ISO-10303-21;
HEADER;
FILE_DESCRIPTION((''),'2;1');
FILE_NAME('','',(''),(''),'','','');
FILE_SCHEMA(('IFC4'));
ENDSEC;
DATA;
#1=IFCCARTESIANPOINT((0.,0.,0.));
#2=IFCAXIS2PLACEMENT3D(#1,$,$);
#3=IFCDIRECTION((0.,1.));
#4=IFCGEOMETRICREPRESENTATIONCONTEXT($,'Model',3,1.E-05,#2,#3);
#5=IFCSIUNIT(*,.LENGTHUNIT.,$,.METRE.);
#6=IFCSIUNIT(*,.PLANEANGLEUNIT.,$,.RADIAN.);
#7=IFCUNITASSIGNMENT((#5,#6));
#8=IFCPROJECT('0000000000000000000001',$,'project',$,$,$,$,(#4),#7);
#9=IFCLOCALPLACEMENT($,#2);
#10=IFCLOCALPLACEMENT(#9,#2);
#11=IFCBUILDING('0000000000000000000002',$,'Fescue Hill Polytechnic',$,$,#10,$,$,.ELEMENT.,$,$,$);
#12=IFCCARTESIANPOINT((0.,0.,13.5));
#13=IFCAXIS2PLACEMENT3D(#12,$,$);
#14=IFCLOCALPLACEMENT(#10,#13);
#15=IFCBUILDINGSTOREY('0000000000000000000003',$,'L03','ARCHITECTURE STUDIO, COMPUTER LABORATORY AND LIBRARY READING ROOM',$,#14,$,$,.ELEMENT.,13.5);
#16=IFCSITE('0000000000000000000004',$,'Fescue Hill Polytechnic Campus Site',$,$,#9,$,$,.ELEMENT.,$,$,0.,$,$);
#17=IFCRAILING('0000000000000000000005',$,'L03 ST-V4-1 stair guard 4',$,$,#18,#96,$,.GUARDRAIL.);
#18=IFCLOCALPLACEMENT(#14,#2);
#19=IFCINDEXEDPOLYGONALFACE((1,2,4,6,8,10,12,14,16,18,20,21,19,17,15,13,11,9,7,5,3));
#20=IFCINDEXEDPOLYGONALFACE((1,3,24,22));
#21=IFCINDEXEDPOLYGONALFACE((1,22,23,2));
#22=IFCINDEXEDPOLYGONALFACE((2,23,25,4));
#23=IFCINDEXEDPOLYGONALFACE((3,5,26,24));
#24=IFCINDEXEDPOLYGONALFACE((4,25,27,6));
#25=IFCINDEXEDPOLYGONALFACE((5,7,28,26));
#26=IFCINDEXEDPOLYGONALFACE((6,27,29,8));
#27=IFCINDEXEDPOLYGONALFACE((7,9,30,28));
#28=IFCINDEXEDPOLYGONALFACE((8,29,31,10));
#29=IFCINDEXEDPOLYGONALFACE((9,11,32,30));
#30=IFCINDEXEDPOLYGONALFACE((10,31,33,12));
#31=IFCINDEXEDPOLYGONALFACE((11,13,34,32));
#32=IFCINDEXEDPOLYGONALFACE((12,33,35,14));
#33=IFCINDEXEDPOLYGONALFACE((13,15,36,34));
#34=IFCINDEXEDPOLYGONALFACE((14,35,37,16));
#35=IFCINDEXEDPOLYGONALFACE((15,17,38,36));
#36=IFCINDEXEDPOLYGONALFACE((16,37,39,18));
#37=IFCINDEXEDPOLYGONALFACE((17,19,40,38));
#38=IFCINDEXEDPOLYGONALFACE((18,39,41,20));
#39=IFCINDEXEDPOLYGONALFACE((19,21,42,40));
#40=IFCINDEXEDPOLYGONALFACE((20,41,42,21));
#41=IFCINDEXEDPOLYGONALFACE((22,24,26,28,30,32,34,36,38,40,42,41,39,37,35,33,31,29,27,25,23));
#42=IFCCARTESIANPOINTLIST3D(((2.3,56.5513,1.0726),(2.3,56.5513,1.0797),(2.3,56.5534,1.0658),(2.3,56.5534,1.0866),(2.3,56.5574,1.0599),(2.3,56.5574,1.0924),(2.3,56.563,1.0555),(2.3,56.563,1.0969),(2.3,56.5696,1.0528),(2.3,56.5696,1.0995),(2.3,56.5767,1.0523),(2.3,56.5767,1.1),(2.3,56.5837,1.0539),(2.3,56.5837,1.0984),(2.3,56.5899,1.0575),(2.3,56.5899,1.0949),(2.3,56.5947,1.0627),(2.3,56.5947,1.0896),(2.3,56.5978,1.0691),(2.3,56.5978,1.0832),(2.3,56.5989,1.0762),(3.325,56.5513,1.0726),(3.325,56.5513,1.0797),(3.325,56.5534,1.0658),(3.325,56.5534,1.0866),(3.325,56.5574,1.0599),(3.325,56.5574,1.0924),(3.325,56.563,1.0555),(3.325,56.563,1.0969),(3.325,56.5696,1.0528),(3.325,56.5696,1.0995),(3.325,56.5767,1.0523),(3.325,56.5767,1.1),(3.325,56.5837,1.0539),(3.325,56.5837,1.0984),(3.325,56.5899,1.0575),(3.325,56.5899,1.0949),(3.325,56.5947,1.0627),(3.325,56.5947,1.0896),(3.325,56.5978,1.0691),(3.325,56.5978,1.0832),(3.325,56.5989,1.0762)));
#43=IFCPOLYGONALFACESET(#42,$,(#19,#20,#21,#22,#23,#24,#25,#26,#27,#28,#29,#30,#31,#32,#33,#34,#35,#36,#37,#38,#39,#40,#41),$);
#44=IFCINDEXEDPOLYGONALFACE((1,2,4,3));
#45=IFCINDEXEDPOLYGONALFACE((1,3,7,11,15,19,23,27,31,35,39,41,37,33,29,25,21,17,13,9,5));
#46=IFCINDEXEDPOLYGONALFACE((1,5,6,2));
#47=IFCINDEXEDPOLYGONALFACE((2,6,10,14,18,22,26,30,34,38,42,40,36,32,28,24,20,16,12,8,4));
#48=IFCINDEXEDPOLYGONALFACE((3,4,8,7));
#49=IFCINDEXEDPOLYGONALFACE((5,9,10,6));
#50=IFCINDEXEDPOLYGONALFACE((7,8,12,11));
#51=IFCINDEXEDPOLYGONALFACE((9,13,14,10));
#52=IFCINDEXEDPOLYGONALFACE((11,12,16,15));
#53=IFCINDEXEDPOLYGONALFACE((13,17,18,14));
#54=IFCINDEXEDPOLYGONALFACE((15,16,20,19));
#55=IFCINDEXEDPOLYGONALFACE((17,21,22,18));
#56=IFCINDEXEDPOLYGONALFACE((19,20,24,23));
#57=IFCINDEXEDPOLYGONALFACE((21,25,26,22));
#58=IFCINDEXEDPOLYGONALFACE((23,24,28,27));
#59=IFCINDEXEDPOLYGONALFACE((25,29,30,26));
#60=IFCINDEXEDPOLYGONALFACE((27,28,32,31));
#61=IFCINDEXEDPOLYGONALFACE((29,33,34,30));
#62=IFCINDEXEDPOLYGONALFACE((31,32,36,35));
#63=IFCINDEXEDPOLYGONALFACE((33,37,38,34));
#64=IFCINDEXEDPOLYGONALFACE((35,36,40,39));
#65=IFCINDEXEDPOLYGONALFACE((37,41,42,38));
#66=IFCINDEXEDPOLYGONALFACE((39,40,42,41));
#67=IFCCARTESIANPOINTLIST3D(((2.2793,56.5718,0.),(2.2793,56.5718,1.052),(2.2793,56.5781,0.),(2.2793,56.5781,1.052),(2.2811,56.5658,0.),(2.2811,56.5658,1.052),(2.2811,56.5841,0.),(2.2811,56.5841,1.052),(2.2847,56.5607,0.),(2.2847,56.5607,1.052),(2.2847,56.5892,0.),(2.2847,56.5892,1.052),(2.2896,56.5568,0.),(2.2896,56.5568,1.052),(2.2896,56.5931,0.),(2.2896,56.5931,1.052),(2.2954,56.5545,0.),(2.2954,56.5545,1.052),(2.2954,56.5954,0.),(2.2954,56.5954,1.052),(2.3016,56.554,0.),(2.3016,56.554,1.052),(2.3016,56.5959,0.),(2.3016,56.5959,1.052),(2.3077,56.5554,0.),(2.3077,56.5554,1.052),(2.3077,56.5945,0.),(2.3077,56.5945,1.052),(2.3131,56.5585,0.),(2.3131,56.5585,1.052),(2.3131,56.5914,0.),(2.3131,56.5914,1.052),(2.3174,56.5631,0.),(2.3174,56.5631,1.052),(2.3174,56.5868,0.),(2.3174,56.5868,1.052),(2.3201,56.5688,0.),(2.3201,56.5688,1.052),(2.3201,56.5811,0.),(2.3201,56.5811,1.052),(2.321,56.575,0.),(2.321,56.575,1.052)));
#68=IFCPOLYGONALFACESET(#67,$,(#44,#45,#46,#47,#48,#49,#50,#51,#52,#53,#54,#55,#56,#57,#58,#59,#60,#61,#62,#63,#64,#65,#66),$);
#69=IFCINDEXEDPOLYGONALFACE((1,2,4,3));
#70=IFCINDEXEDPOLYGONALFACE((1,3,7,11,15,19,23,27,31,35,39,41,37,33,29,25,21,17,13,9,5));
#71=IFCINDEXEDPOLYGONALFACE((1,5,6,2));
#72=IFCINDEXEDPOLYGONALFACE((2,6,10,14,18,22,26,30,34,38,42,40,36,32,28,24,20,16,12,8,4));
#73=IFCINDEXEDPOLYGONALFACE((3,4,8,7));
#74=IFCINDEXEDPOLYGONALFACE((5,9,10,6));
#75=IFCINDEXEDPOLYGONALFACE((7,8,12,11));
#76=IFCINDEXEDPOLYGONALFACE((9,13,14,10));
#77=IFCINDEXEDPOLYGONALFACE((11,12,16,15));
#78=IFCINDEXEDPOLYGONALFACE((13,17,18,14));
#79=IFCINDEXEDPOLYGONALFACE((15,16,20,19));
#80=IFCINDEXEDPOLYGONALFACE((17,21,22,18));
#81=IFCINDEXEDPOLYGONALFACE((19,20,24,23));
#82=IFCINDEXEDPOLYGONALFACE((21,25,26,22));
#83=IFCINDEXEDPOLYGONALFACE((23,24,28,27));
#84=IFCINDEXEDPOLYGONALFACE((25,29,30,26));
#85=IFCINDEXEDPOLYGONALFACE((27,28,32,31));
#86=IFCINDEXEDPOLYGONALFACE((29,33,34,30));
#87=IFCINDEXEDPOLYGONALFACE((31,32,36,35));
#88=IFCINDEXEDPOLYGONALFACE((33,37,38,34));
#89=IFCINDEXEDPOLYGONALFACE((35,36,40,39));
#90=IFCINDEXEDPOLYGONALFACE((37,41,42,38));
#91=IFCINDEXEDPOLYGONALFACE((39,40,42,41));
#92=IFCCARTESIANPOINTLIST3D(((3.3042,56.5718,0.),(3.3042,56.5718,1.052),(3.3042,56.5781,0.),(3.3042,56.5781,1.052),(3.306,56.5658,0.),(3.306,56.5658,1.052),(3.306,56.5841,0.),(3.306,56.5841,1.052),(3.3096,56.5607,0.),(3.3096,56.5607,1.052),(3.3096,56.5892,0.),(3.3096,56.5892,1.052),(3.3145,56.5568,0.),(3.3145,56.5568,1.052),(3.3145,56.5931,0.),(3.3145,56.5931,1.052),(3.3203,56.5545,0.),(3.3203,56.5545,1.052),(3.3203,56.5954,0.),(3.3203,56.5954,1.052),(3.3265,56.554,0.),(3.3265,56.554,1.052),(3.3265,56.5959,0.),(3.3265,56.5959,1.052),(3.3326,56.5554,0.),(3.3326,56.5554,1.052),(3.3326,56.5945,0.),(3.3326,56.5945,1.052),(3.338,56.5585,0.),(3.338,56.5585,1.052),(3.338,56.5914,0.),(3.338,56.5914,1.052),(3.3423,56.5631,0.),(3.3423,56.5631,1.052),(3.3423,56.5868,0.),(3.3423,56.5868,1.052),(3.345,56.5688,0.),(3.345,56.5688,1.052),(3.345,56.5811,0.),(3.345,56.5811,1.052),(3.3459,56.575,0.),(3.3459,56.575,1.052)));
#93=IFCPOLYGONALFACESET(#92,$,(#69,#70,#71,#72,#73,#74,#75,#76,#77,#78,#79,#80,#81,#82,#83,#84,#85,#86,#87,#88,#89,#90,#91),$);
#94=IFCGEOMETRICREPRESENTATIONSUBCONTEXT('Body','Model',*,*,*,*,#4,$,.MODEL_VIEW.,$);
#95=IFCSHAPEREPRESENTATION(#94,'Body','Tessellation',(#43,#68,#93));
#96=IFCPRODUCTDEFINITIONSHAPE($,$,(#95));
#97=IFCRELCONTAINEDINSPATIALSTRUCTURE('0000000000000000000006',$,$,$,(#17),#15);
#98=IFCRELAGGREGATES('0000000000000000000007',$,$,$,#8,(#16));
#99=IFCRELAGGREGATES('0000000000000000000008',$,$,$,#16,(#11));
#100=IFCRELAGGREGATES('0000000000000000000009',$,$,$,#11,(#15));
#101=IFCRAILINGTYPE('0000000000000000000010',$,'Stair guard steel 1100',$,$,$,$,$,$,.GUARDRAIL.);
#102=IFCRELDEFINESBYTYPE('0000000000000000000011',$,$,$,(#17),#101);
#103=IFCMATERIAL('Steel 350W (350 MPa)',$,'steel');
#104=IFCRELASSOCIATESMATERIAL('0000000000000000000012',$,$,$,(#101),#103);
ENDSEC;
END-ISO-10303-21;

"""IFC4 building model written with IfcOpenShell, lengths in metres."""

from ifc_helpers import new_model, si_unit, direction, frame, origin, origin_2d, place, context, subcontext, project, spatial, circle, extrude, material, type_object, element, save


model = new_model("IFC4")

# Units and contexts
model_context = context("Model", 3, precision=1e-05, world=origin(), true_north=direction((0.0, 1.0)))
body_context = subcontext(model_context, "Body", "Model", "MODEL_VIEW")
ifc_project = project(units=[si_unit("LENGTHUNIT", "METRE"), si_unit("PLANEANGLEUNIT", "RADIAN")], contexts=[model_context])

# Site, building, storey
site_placement = place(None, origin())
site = spatial("IfcSite", under=ifc_project, at=site_placement, Name="Fescue Hill Polytechnic Campus Site", CompositionType="ELEMENT", RefElevation=0.0)
building_placement = place(site_placement, origin())
building = spatial("IfcBuilding", under=site, at=building_placement, Name="Fescue Hill Polytechnic", CompositionType="ELEMENT")
storey_placement = place(building_placement, frame((0.0, 0.0, 13.5)))
storey = spatial("IfcBuildingStorey", under=building, at=storey_placement, Name="L03", Description="ARCHITECTURE STUDIO, COMPUTER LABORATORY AND LIBRARY READING ROOM", CompositionType="ELEMENT", Elevation=13.5)

# Railing
ifc_material_1 = material(Name="Steel 350W (350 MPa)", Category="steel")
railing_type_1 = type_object("IfcRailingType", Name="Stair guard steel 1100", PredefinedType="GUARDRAIL", material=ifc_material_1)
railing_1_placement = place(storey_placement, frame((2.3, 56.575, 0.0)))
element("IfcRailing", 1, at=railing_1_placement, inside=storey, type_object=railing_type_1, Name="L03 ST-V4-1 stair guard 4", PredefinedType="GUARDRAIL", context=body_context, shape_type="SweptSolid", body=[
    extrude(circle(Radius=0.0239, at=origin_2d()), frame((0.0, 0.0, 1.0762), z_axis=(1.0, 0.0, 0.0), x_axis=(0.0, 1.0, 0.0)), (0.0, 0.0, 1.0), 1.0249),
    extrude(circle(Radius=0.021, at=origin_2d()), origin(), (0.0, 0.0, 1.0), 1.052),
    extrude(circle(Radius=0.021, at=origin_2d()), frame((1.0249, 0.0, 0.0)), (0.0, 0.0, 1.0), 1.052),
])

save(model, "model.ifc")
